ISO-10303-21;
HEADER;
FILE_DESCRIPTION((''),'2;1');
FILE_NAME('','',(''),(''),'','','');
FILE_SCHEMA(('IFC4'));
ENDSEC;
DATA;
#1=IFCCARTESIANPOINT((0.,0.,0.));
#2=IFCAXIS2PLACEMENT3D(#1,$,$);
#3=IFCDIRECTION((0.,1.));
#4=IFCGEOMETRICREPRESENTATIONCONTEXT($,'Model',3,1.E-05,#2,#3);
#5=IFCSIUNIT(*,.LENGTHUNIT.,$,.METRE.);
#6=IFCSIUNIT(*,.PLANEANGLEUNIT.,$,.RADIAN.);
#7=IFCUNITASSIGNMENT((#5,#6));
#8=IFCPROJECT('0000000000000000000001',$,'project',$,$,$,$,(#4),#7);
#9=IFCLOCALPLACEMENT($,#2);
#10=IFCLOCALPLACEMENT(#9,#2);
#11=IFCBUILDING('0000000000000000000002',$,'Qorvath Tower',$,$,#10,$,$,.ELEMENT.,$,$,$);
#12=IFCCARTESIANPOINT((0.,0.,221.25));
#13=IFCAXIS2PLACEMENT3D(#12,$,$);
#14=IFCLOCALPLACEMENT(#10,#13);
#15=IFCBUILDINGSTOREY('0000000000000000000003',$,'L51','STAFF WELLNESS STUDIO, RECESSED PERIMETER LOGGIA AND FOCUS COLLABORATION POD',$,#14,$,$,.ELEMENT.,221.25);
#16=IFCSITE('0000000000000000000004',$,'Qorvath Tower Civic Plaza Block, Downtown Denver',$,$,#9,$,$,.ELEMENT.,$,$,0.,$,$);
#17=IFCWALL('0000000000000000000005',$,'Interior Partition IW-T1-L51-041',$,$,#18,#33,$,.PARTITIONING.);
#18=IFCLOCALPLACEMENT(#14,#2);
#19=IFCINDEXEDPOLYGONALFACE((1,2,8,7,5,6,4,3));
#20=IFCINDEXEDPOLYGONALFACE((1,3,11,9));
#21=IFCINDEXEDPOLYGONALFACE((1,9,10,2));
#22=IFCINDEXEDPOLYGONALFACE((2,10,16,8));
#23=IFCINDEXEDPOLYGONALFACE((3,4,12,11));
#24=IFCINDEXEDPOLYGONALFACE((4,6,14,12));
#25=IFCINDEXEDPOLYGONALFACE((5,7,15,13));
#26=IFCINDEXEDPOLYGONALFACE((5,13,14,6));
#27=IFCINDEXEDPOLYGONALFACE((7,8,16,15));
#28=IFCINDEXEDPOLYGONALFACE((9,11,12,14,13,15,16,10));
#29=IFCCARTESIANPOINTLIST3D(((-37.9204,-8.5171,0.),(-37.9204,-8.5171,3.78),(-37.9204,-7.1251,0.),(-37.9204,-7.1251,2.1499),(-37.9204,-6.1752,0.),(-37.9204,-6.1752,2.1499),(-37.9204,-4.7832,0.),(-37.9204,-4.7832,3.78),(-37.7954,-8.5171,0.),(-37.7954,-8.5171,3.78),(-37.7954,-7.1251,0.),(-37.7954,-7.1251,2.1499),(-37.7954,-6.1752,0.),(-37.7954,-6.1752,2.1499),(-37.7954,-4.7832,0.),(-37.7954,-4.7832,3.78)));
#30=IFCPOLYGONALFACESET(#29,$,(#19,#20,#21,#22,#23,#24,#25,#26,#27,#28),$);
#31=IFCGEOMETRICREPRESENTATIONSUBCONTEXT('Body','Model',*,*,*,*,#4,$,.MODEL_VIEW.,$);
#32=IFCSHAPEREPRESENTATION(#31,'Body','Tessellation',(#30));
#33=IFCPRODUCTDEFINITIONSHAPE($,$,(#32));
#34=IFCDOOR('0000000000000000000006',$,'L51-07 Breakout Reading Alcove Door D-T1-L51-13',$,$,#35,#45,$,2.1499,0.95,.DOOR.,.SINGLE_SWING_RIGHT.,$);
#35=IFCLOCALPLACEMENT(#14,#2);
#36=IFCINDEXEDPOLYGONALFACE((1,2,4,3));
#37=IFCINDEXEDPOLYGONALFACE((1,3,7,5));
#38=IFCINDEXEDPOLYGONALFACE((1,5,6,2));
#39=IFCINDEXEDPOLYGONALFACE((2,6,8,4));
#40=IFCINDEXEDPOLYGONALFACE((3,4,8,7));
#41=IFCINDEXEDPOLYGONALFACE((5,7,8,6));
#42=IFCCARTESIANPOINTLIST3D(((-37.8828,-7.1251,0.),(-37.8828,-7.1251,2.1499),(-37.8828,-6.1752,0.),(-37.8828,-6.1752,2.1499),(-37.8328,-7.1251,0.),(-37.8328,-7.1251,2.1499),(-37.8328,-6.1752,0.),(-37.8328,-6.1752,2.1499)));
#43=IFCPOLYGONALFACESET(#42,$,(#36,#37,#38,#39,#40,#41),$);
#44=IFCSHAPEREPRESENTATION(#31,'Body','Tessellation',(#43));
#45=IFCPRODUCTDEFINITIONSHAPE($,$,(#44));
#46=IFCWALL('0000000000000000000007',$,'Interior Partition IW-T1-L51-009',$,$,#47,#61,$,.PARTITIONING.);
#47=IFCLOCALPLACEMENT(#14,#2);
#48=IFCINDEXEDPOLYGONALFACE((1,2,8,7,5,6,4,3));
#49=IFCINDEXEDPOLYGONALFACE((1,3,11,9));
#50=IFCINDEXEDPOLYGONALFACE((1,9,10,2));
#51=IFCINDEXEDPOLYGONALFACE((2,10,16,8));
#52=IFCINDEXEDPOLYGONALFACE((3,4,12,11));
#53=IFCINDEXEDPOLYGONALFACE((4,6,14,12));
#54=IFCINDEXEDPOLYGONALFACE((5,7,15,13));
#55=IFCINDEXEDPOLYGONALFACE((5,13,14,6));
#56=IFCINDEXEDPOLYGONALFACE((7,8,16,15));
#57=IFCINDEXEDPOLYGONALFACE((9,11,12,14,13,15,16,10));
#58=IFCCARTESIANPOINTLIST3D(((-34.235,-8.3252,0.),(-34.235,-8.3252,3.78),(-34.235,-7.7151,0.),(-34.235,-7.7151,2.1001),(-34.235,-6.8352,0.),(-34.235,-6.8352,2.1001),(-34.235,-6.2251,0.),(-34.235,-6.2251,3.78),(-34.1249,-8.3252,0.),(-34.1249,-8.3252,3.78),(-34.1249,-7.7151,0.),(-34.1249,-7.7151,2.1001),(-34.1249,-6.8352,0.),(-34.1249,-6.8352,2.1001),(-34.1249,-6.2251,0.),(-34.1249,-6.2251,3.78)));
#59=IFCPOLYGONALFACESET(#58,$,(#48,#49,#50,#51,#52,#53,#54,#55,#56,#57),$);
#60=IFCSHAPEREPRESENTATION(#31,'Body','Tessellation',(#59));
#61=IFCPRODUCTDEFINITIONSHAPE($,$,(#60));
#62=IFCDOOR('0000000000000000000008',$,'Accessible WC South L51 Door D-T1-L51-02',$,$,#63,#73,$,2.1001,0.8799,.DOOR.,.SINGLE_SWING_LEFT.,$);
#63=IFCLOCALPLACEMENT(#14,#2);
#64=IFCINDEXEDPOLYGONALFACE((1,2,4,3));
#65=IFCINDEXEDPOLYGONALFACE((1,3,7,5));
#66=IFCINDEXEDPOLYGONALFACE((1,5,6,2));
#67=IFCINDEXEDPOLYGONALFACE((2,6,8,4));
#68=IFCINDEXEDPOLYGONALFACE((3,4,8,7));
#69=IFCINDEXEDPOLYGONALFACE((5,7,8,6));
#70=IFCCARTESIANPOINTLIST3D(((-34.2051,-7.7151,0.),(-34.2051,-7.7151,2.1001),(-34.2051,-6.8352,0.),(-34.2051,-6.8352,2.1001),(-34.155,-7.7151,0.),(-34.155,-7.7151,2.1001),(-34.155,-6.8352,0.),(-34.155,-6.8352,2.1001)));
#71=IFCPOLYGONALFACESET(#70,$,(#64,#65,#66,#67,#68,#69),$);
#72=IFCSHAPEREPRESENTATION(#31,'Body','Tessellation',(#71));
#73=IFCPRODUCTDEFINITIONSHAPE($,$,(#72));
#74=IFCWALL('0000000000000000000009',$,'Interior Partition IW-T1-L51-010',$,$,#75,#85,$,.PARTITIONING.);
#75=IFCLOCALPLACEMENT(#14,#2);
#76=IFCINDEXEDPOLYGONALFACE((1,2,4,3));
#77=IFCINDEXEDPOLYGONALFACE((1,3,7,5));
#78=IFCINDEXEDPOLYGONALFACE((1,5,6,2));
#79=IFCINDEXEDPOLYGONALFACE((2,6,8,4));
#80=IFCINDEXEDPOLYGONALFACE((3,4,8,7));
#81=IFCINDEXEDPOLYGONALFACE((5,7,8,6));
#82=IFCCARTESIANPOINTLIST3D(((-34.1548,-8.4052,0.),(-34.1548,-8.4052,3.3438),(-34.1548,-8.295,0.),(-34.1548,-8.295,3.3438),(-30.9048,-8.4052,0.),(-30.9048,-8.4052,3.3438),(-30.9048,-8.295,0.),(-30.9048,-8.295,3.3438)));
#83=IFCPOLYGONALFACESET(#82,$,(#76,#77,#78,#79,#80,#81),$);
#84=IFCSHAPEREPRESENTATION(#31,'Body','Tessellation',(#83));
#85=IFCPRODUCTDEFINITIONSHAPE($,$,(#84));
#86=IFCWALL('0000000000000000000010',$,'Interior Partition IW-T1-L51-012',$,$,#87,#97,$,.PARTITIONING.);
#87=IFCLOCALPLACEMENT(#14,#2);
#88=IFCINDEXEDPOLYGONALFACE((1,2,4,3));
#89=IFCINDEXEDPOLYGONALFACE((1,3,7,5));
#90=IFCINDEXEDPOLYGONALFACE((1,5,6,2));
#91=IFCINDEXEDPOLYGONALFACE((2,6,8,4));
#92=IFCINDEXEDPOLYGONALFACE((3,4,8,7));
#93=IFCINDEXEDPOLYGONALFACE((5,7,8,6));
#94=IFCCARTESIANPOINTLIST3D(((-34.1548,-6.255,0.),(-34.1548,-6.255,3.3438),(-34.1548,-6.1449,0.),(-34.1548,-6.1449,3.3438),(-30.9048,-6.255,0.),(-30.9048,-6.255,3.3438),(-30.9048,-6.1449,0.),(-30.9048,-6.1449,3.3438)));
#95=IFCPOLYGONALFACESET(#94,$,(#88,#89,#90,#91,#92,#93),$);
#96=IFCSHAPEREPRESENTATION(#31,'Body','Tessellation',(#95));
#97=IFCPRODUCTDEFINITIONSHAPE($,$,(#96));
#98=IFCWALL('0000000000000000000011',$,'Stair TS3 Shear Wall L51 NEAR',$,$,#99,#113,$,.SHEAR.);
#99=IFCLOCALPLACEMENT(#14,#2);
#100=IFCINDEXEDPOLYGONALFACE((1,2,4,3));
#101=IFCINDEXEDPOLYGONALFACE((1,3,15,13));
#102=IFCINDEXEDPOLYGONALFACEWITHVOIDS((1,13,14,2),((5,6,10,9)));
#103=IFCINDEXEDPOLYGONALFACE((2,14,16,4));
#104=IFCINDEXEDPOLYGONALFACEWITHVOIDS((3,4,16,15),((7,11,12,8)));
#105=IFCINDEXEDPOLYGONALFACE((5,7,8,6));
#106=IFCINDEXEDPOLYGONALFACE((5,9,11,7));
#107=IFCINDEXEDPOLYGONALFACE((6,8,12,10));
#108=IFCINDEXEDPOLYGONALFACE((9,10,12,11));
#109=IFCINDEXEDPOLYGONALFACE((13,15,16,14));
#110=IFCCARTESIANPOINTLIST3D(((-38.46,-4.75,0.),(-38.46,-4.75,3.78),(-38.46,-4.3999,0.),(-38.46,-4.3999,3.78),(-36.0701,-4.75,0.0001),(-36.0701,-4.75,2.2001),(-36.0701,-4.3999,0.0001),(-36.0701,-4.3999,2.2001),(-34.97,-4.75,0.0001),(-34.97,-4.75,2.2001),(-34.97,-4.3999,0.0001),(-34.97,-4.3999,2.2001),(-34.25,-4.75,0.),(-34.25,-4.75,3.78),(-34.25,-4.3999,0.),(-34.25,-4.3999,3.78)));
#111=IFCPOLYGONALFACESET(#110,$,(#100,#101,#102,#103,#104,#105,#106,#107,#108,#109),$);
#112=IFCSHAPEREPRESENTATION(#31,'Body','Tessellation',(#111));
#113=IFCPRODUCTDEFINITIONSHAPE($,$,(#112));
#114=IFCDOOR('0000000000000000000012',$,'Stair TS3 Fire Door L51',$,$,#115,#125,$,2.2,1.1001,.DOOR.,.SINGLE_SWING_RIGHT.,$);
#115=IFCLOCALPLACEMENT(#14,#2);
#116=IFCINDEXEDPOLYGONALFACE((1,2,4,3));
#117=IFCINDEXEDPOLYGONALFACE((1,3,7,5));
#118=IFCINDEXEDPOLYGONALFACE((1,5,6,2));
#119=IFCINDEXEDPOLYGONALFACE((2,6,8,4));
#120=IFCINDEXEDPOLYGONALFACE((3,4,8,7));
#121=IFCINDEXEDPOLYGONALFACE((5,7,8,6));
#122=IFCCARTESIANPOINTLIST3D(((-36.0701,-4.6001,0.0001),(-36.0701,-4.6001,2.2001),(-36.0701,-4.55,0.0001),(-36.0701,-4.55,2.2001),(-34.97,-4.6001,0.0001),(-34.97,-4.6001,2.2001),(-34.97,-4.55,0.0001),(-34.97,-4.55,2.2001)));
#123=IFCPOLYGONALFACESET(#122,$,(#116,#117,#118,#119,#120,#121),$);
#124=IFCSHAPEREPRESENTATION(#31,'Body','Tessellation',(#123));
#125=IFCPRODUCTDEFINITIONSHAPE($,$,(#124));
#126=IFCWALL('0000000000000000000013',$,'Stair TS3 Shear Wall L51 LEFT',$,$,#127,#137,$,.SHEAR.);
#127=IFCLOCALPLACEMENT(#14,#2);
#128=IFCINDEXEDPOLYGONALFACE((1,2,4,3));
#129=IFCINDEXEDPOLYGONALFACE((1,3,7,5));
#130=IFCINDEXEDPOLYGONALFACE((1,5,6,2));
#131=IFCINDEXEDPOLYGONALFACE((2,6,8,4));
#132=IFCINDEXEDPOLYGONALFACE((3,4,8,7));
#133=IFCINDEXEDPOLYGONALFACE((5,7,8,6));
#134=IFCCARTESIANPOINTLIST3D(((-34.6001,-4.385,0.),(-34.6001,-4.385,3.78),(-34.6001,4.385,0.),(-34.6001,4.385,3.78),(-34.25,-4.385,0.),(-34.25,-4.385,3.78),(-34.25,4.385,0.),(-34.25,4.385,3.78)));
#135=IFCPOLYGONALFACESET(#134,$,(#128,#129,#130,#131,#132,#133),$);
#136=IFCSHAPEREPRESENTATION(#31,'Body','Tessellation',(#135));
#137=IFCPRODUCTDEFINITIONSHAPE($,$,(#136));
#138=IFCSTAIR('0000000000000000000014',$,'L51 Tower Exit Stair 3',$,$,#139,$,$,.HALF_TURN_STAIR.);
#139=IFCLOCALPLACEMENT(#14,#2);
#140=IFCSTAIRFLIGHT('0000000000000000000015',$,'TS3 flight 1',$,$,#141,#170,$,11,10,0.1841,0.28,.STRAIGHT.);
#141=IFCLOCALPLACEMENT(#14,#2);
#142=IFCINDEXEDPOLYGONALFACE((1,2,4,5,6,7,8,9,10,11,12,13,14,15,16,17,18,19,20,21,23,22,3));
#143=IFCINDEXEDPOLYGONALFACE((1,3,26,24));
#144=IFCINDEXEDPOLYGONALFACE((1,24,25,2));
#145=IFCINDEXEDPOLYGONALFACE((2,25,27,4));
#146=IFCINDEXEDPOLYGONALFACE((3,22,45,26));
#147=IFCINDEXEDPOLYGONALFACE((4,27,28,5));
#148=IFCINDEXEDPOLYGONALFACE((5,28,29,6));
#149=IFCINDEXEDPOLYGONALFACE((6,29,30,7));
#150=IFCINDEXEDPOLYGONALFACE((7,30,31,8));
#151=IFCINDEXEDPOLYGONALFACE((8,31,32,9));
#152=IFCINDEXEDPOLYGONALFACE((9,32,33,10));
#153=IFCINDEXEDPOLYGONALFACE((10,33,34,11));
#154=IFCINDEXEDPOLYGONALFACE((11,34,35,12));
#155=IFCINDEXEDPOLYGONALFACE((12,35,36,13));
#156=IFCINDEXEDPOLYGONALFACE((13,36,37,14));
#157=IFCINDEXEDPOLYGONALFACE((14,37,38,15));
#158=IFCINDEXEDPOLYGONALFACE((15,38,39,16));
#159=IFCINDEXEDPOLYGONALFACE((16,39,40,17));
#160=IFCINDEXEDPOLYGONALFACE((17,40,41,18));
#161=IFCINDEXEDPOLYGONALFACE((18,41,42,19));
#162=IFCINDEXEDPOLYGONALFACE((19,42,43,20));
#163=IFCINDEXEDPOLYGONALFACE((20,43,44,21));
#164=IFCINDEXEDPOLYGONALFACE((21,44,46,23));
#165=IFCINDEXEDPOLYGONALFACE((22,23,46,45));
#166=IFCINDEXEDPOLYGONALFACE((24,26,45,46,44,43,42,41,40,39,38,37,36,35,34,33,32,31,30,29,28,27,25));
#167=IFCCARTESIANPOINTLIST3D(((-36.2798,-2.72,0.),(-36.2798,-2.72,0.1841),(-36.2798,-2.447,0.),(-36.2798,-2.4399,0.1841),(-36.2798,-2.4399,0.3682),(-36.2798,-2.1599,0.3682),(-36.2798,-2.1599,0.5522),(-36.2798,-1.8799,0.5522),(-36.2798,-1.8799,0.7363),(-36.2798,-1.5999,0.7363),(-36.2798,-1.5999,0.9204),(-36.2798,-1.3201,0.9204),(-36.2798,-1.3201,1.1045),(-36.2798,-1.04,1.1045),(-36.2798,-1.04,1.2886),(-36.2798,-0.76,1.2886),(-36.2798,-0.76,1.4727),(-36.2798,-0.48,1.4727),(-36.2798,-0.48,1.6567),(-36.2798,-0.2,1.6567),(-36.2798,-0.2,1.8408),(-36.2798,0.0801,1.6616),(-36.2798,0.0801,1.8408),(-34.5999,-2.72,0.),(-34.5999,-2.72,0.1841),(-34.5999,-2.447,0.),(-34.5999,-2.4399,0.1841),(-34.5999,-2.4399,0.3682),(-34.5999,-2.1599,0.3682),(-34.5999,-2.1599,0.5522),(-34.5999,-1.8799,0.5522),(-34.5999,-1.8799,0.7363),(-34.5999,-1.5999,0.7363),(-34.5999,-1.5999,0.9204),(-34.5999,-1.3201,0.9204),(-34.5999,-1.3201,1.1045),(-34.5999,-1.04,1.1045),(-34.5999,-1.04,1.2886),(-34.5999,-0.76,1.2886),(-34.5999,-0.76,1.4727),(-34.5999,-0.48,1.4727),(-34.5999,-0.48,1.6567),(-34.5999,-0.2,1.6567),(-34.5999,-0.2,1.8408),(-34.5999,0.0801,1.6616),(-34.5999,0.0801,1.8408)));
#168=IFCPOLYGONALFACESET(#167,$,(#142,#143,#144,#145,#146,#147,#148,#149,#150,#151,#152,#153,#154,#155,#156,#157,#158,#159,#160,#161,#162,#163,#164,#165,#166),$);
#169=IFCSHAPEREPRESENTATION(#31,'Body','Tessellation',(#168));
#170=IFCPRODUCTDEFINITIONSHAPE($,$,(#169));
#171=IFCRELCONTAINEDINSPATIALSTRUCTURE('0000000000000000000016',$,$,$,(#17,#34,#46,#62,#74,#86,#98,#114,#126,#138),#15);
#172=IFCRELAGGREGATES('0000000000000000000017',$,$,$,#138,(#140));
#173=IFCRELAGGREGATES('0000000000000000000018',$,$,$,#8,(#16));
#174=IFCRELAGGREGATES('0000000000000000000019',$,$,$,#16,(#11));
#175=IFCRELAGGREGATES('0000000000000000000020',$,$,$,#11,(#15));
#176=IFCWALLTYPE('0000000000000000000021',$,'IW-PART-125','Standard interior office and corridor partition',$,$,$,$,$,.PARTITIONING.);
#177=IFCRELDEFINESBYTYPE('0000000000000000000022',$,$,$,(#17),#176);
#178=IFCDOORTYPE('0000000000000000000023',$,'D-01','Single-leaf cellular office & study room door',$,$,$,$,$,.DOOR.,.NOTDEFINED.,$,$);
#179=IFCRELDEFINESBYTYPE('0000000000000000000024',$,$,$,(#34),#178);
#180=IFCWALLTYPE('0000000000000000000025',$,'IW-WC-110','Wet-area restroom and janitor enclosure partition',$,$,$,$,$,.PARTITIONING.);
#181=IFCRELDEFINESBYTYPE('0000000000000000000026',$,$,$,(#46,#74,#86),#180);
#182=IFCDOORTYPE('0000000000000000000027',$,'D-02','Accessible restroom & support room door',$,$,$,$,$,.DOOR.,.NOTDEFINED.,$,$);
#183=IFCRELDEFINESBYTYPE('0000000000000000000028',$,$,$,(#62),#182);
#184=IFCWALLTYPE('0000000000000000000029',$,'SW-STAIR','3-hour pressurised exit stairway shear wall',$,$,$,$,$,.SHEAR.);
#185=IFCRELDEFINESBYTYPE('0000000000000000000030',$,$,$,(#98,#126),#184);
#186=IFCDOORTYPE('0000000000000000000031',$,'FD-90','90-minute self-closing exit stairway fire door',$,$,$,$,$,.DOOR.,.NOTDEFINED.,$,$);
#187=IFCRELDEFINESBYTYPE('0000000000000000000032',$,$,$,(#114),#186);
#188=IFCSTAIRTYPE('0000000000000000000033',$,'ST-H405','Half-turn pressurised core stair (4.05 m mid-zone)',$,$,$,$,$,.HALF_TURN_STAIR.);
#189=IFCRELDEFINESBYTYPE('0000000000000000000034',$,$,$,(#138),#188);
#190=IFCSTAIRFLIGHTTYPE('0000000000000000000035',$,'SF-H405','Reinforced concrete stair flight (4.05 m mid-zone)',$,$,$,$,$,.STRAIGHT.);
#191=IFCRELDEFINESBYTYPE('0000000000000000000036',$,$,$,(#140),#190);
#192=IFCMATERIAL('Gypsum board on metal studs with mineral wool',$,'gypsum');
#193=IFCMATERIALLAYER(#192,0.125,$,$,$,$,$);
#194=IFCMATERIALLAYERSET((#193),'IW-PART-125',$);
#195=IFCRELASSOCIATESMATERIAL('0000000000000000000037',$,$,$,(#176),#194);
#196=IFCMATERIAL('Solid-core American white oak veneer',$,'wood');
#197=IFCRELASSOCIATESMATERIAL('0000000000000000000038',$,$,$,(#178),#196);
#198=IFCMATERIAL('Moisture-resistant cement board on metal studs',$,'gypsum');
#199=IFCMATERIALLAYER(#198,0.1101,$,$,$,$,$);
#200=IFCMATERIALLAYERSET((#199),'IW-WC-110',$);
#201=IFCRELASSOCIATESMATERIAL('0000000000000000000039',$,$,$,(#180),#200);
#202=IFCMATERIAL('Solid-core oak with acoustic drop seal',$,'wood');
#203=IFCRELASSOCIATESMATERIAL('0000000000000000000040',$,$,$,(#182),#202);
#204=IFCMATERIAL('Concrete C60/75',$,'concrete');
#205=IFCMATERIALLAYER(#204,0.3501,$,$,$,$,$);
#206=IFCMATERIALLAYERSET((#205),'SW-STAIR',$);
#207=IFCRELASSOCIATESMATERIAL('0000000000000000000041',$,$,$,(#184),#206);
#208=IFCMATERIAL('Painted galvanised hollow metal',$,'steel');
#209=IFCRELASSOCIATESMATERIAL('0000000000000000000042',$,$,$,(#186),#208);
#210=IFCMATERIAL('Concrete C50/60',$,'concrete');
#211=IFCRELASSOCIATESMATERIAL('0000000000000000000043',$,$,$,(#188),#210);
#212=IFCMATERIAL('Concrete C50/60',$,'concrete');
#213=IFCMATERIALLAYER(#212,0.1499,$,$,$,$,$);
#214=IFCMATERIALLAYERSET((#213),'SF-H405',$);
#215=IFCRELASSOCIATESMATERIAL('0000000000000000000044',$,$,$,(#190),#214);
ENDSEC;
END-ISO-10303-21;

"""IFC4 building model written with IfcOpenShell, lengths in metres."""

from ifc_helpers import new_model, si_unit, direction, frame, frame_2d, origin, place, context, subcontext, project, spatial, polyline, rectangle, outline, extrude, material, layer, layer_set, type_object, element, fill, aggregate, save


model = new_model("IFC4")

# Units and contexts
model_context = context("Model", 3, precision=1e-05, world=origin(), true_north=direction((0.0, 1.0)))
body_context = subcontext(model_context, "Body", "Model", "MODEL_VIEW")
ifc_project = project(units=[si_unit("LENGTHUNIT", "METRE"), si_unit("PLANEANGLEUNIT", "RADIAN")], contexts=[model_context])

# Site, building, storey
site_placement = place(None, origin())
site = spatial("IfcSite", under=ifc_project, at=site_placement, Name="Qorvath Tower Civic Plaza Block, Downtown Denver", CompositionType="ELEMENT", RefElevation=0.0)
building_placement = place(site_placement, origin())
building = spatial("IfcBuilding", under=site, at=building_placement, Name="Qorvath Tower", CompositionType="ELEMENT")
storey_placement = place(building_placement, frame((0.0, 0.0, 221.25)))
storey = spatial("IfcBuildingStorey", under=building, at=storey_placement, Name="L51", Description="STAFF WELLNESS STUDIO, RECESSED PERIMETER LOGGIA AND FOCUS COLLABORATION POD", CompositionType="ELEMENT", Elevation=221.25)

# Walls, openings, doors
ifc_material_1 = material(Name="Gypsum board on metal studs with mineral wool", Category="gypsum")
ifc_layer_1 = layer(ifc_material_1, 0.125)
ifc_layer_set_1 = layer_set([ifc_layer_1], Name="IW-PART-125")
wall_type_1 = type_object("IfcWallType", Name="IW-PART-125", Description="Standard interior office and corridor partition", PredefinedType="PARTITIONING", material=ifc_layer_set_1)
wall_1_placement = place(storey_placement, frame((-37.8579, -8.5171, 0.0), z_axis=(0.0, 0.0, 1.0), x_axis=(0.0, 1.0, 0.0)))
wall_1 = element("IfcWall", 1, at=wall_1_placement, inside=storey, type_object=wall_type_1, Name="Interior Partition IW-T1-L51-041", PredefinedType="PARTITIONING", context=body_context, shape_type="SweptSolid", body=[
    extrude(rectangle(XDim=3.7339, YDim=0.125, at=frame_2d((1.8669, 0.0))), origin(), (0.0, 0.0, 1.0), 3.78),
])
opening_1_placement = place(wall_1_placement, frame((1.3918, 0.0, 0.0)))
opening_1 = element("IfcOpeningElement", 2, at=opening_1_placement, cuts=wall_1, PredefinedType="OPENING", context=body_context, shape_type="SweptSolid", body=[
    extrude(rectangle(XDim=0.95, YDim=2.1499, at=frame_2d((0.4751, 1.075))), frame((0.0, 0.0725, 0.0), z_axis=(0.0, -1.0, 0.0), x_axis=(1.0, 0.0, 0.0)), (0.0, 0.0, 1.0), 0.145),
])
ifc_material_2 = material(Name="Solid-core American white oak veneer", Category="wood")
door_type_1 = type_object("IfcDoorType", Name="D-01", Description="Single-leaf cellular office & study room door", OperationType="NOTDEFINED", PredefinedType="DOOR", material=ifc_material_2)
door_1_placement = place(opening_1_placement, origin())
door_1 = element("IfcDoor", 3, at=door_1_placement, inside=storey, type_object=door_type_1, Name="L51-07 Breakout Reading Alcove Door D-T1-L51-13", OperationType="SINGLE_SWING_RIGHT", OverallHeight=2.1499, OverallWidth=0.95, PredefinedType="DOOR", context=body_context, shape_type="SweptSolid", body=[
    extrude(rectangle(XDim=0.95, YDim=2.1499, at=frame_2d((0.4751, 1.075))), frame((0.0, 0.0249, 0.0), z_axis=(0.0, -1.0, 0.0), x_axis=(1.0, 0.0, 0.0)), (0.0, 0.0, 1.0), 0.05),
])
fill(opening_1, door_1)
ifc_material_3 = material(Name="Moisture-resistant cement board on metal studs", Category="gypsum")
ifc_layer_2 = layer(ifc_material_3, 0.1101)
ifc_layer_set_2 = layer_set([ifc_layer_2], Name="IW-WC-110")
wall_type_2 = type_object("IfcWallType", Name="IW-WC-110", Description="Wet-area restroom and janitor enclosure partition", PredefinedType="PARTITIONING", material=ifc_layer_set_2)
wall_2_placement = place(storey_placement, frame((-34.1799, -6.2251, 0.0), z_axis=(0.0, 0.0, 1.0), x_axis=(0.0, -1.0, 0.0)))
wall_2 = element("IfcWall", 4, at=wall_2_placement, inside=storey, type_object=wall_type_2, Name="Interior Partition IW-T1-L51-009", PredefinedType="PARTITIONING", context=body_context, shape_type="SweptSolid", body=[
    extrude(rectangle(XDim=2.1001, YDim=0.1101, at=frame_2d((1.05, 0.0))), origin(), (0.0, 0.0, 1.0), 3.78),
])
opening_2_placement = place(wall_2_placement, frame((0.6101, 0.0, 0.0)))
opening_2 = element("IfcOpeningElement", 5, at=opening_2_placement, cuts=wall_2, PredefinedType="OPENING", context=body_context, shape_type="SweptSolid", body=[
    extrude(rectangle(XDim=0.8799, YDim=2.1001, at=frame_2d((0.4399, 1.05))), frame((0.0, 0.0649, 0.0), z_axis=(0.0, -1.0, 0.0), x_axis=(1.0, 0.0, 0.0)), (0.0, 0.0, 1.0), 0.1301),
])
ifc_material_4 = material(Name="Solid-core oak with acoustic drop seal", Category="wood")
door_type_2 = type_object("IfcDoorType", Name="D-02", Description="Accessible restroom & support room door", OperationType="NOTDEFINED", PredefinedType="DOOR", material=ifc_material_4)
door_2_placement = place(opening_2_placement, origin())
door_2 = element("IfcDoor", 6, at=door_2_placement, inside=storey, type_object=door_type_2, Name="Accessible WC South L51 Door D-T1-L51-02", OperationType="SINGLE_SWING_LEFT", OverallHeight=2.1001, OverallWidth=0.8799, PredefinedType="DOOR", context=body_context, shape_type="SweptSolid", body=[
    extrude(rectangle(XDim=0.8799, YDim=2.1001, at=frame_2d((0.4399, 1.05))), frame((0.0, 0.0249, 0.0), z_axis=(0.0, -1.0, 0.0), x_axis=(1.0, 0.0, 0.0)), (0.0, 0.0, 1.0), 0.05),
])
fill(opening_2, door_2)

# Walls
for number, where, z_axis, x_axis, name in (
    (7, (-34.1548, -8.3501, 0.0), (0.0, 0.0, 1.0), (1.0, 0.0, 0.0), "Interior Partition IW-T1-L51-010"),
    (8, (-30.9048, -6.2, 0.0), (0.0, 0.0, 1.0), (-1.0, 0.0, 0.0), "Interior Partition IW-T1-L51-012"),
):
    element("IfcWall", number, at=place(storey_placement, frame(where, z_axis=z_axis, x_axis=x_axis)), inside=storey, type_object=wall_type_2, Name=name, PredefinedType="PARTITIONING", context=body_context, shape_type="SweptSolid", body=[
        extrude(rectangle(XDim=3.25, YDim=0.1101, at=frame_2d((1.625, 0.0))), origin(), (0.0, 0.0, 1.0), 3.3438),
    ])

# Wall, opening, door
ifc_material_5 = material(Name="Concrete C60/75", Category="concrete")
ifc_layer_3 = layer(ifc_material_5, 0.3501)
ifc_layer_set_3 = layer_set([ifc_layer_3], Name="SW-STAIR")
wall_type_3 = type_object("IfcWallType", Name="SW-STAIR", Description="3-hour pressurised exit stairway shear wall", PredefinedType="SHEAR", material=ifc_layer_set_3)
wall_3_placement = place(storey_placement, frame((-38.46, -4.575, 0.0), z_axis=(0.0, 0.0, 1.0), x_axis=(1.0, 0.0, 0.0)))
wall_3 = element("IfcWall", 9, at=wall_3_placement, inside=storey, type_object=wall_type_3, Name="Stair TS3 Shear Wall L51 NEAR", PredefinedType="SHEAR", context=body_context, shape_type="SweptSolid", body=[
    extrude(rectangle(XDim=4.21, YDim=0.3501, at=frame_2d((2.105, 0.0))), origin(), (0.0, 0.0, 1.0), 3.78),
])
opening_3_placement = place(wall_3_placement, frame((2.3899, 0.0, 0.0)))
opening_3 = element("IfcOpeningElement", 10, at=opening_3_placement, cuts=wall_3, PredefinedType="OPENING", context=body_context, shape_type="SweptSolid", body=[
    extrude(rectangle(XDim=1.1001, YDim=2.2, at=frame_2d((0.55, 1.1001))), frame((0.0, 0.1851, 0.0), z_axis=(0.0, -1.0, 0.0), x_axis=(1.0, 0.0, 0.0)), (0.0, 0.0, 1.0), 0.3701),
])
ifc_material_6 = material(Name="Painted galvanised hollow metal", Category="steel")
door_type_3 = type_object("IfcDoorType", Name="FD-90", Description="90-minute self-closing exit stairway fire door", OperationType="NOTDEFINED", PredefinedType="DOOR", material=ifc_material_6)
door_3_placement = place(opening_3_placement, origin())
door_3 = element("IfcDoor", 11, at=door_3_placement, inside=storey, type_object=door_type_3, Name="Stair TS3 Fire Door L51", OperationType="SINGLE_SWING_RIGHT", OverallHeight=2.2, OverallWidth=1.1001, PredefinedType="DOOR", context=body_context, shape_type="SweptSolid", body=[
    extrude(rectangle(XDim=1.1001, YDim=2.2, at=frame_2d((0.55, 1.1001))), frame((0.0, 0.0249, 0.0), z_axis=(0.0, -1.0, 0.0), x_axis=(1.0, 0.0, 0.0)), (0.0, 0.0, 1.0), 0.05),
])
fill(opening_3, door_3)

# Wall
wall_4_placement = place(storey_placement, frame((-34.425, -4.385, 0.0), z_axis=(0.0, 0.0, 1.0), x_axis=(0.0, 1.0, 0.0)))
element("IfcWall", 12, at=wall_4_placement, inside=storey, type_object=wall_type_3, Name="Stair TS3 Shear Wall L51 LEFT", PredefinedType="SHEAR", context=body_context, shape_type="SweptSolid", body=[
    extrude(rectangle(XDim=8.77, YDim=0.3501, at=frame_2d((4.385, 0.0))), origin(), (0.0, 0.0, 1.0), 3.78),
])

# Stair, stair flight
ifc_material_7 = material(Name="Concrete C50/60", Category="concrete")
stair_type = type_object("IfcStairType", Name="ST-H405", Description="Half-turn pressurised core stair (4.05 m mid-zone)", PredefinedType="HALF_TURN_STAIR", material=ifc_material_7)
stair_placement = place(storey_placement, origin())
stair = element("IfcStair", 13, at=stair_placement, inside=storey, type_object=stair_type, Name="L51 Tower Exit Stair 3", PredefinedType="HALF_TURN_STAIR")
ifc_material_8 = material(Name="Concrete C50/60", Category="concrete")
ifc_layer_4 = layer(ifc_material_8, 0.1499)
ifc_layer_set_4 = layer_set([ifc_layer_4], Name="SF-H405")
stair_flight_type = type_object("IfcStairFlightType", Name="SF-H405", Description="Reinforced concrete stair flight (4.05 m mid-zone)", PredefinedType="STRAIGHT", material=ifc_layer_set_4)
stair_flight_placement = place(storey_placement, frame((-35.4399, -2.72, 0.0), z_axis=(0.0, 0.0, 1.0), x_axis=(0.0, 1.0, 0.0)))
stair_flight = element("IfcStairFlight", 14, at=stair_flight_placement, type_object=stair_flight_type, Name="TS3 flight 1", NumberOfRisers=11, NumberOfTreads=10, PredefinedType="STRAIGHT", RiserHeight=0.1841, TreadLength=0.28, context=body_context, shape_type="SweptSolid", body=[
    extrude(outline(polyline([(0.0, 0.0), (0.0, 0.1841), (0.28, 0.1841), (0.28, 0.3682), (0.5601, 0.3682), (0.5601, 0.5522), (0.8401, 0.5522), (0.8401, 0.7363), (1.1201, 0.7363), (1.1201, 0.9204), (1.3999, 0.9204), (1.3999, 1.1045), (1.6799, 1.1045), (1.6799, 1.2886), (1.96, 1.2886), (1.96, 1.4727), (2.24, 1.4727), (2.24, 1.6567), (2.52, 1.6567), (2.52, 1.8408), (2.8, 1.8408), (2.8, 2.0249), (2.8, 1.6616), (0.2729, 0.0), (0.0, 0.0)])), frame((0.0, 0.8398, 0.0), z_axis=(0.0, -1.0, 0.0), x_axis=(1.0, 0.0, 0.0)), (0.0, 0.0, 1.0), 1.6799),
])
aggregate(stair, [stair_flight])

save(model, "model.ifc")
